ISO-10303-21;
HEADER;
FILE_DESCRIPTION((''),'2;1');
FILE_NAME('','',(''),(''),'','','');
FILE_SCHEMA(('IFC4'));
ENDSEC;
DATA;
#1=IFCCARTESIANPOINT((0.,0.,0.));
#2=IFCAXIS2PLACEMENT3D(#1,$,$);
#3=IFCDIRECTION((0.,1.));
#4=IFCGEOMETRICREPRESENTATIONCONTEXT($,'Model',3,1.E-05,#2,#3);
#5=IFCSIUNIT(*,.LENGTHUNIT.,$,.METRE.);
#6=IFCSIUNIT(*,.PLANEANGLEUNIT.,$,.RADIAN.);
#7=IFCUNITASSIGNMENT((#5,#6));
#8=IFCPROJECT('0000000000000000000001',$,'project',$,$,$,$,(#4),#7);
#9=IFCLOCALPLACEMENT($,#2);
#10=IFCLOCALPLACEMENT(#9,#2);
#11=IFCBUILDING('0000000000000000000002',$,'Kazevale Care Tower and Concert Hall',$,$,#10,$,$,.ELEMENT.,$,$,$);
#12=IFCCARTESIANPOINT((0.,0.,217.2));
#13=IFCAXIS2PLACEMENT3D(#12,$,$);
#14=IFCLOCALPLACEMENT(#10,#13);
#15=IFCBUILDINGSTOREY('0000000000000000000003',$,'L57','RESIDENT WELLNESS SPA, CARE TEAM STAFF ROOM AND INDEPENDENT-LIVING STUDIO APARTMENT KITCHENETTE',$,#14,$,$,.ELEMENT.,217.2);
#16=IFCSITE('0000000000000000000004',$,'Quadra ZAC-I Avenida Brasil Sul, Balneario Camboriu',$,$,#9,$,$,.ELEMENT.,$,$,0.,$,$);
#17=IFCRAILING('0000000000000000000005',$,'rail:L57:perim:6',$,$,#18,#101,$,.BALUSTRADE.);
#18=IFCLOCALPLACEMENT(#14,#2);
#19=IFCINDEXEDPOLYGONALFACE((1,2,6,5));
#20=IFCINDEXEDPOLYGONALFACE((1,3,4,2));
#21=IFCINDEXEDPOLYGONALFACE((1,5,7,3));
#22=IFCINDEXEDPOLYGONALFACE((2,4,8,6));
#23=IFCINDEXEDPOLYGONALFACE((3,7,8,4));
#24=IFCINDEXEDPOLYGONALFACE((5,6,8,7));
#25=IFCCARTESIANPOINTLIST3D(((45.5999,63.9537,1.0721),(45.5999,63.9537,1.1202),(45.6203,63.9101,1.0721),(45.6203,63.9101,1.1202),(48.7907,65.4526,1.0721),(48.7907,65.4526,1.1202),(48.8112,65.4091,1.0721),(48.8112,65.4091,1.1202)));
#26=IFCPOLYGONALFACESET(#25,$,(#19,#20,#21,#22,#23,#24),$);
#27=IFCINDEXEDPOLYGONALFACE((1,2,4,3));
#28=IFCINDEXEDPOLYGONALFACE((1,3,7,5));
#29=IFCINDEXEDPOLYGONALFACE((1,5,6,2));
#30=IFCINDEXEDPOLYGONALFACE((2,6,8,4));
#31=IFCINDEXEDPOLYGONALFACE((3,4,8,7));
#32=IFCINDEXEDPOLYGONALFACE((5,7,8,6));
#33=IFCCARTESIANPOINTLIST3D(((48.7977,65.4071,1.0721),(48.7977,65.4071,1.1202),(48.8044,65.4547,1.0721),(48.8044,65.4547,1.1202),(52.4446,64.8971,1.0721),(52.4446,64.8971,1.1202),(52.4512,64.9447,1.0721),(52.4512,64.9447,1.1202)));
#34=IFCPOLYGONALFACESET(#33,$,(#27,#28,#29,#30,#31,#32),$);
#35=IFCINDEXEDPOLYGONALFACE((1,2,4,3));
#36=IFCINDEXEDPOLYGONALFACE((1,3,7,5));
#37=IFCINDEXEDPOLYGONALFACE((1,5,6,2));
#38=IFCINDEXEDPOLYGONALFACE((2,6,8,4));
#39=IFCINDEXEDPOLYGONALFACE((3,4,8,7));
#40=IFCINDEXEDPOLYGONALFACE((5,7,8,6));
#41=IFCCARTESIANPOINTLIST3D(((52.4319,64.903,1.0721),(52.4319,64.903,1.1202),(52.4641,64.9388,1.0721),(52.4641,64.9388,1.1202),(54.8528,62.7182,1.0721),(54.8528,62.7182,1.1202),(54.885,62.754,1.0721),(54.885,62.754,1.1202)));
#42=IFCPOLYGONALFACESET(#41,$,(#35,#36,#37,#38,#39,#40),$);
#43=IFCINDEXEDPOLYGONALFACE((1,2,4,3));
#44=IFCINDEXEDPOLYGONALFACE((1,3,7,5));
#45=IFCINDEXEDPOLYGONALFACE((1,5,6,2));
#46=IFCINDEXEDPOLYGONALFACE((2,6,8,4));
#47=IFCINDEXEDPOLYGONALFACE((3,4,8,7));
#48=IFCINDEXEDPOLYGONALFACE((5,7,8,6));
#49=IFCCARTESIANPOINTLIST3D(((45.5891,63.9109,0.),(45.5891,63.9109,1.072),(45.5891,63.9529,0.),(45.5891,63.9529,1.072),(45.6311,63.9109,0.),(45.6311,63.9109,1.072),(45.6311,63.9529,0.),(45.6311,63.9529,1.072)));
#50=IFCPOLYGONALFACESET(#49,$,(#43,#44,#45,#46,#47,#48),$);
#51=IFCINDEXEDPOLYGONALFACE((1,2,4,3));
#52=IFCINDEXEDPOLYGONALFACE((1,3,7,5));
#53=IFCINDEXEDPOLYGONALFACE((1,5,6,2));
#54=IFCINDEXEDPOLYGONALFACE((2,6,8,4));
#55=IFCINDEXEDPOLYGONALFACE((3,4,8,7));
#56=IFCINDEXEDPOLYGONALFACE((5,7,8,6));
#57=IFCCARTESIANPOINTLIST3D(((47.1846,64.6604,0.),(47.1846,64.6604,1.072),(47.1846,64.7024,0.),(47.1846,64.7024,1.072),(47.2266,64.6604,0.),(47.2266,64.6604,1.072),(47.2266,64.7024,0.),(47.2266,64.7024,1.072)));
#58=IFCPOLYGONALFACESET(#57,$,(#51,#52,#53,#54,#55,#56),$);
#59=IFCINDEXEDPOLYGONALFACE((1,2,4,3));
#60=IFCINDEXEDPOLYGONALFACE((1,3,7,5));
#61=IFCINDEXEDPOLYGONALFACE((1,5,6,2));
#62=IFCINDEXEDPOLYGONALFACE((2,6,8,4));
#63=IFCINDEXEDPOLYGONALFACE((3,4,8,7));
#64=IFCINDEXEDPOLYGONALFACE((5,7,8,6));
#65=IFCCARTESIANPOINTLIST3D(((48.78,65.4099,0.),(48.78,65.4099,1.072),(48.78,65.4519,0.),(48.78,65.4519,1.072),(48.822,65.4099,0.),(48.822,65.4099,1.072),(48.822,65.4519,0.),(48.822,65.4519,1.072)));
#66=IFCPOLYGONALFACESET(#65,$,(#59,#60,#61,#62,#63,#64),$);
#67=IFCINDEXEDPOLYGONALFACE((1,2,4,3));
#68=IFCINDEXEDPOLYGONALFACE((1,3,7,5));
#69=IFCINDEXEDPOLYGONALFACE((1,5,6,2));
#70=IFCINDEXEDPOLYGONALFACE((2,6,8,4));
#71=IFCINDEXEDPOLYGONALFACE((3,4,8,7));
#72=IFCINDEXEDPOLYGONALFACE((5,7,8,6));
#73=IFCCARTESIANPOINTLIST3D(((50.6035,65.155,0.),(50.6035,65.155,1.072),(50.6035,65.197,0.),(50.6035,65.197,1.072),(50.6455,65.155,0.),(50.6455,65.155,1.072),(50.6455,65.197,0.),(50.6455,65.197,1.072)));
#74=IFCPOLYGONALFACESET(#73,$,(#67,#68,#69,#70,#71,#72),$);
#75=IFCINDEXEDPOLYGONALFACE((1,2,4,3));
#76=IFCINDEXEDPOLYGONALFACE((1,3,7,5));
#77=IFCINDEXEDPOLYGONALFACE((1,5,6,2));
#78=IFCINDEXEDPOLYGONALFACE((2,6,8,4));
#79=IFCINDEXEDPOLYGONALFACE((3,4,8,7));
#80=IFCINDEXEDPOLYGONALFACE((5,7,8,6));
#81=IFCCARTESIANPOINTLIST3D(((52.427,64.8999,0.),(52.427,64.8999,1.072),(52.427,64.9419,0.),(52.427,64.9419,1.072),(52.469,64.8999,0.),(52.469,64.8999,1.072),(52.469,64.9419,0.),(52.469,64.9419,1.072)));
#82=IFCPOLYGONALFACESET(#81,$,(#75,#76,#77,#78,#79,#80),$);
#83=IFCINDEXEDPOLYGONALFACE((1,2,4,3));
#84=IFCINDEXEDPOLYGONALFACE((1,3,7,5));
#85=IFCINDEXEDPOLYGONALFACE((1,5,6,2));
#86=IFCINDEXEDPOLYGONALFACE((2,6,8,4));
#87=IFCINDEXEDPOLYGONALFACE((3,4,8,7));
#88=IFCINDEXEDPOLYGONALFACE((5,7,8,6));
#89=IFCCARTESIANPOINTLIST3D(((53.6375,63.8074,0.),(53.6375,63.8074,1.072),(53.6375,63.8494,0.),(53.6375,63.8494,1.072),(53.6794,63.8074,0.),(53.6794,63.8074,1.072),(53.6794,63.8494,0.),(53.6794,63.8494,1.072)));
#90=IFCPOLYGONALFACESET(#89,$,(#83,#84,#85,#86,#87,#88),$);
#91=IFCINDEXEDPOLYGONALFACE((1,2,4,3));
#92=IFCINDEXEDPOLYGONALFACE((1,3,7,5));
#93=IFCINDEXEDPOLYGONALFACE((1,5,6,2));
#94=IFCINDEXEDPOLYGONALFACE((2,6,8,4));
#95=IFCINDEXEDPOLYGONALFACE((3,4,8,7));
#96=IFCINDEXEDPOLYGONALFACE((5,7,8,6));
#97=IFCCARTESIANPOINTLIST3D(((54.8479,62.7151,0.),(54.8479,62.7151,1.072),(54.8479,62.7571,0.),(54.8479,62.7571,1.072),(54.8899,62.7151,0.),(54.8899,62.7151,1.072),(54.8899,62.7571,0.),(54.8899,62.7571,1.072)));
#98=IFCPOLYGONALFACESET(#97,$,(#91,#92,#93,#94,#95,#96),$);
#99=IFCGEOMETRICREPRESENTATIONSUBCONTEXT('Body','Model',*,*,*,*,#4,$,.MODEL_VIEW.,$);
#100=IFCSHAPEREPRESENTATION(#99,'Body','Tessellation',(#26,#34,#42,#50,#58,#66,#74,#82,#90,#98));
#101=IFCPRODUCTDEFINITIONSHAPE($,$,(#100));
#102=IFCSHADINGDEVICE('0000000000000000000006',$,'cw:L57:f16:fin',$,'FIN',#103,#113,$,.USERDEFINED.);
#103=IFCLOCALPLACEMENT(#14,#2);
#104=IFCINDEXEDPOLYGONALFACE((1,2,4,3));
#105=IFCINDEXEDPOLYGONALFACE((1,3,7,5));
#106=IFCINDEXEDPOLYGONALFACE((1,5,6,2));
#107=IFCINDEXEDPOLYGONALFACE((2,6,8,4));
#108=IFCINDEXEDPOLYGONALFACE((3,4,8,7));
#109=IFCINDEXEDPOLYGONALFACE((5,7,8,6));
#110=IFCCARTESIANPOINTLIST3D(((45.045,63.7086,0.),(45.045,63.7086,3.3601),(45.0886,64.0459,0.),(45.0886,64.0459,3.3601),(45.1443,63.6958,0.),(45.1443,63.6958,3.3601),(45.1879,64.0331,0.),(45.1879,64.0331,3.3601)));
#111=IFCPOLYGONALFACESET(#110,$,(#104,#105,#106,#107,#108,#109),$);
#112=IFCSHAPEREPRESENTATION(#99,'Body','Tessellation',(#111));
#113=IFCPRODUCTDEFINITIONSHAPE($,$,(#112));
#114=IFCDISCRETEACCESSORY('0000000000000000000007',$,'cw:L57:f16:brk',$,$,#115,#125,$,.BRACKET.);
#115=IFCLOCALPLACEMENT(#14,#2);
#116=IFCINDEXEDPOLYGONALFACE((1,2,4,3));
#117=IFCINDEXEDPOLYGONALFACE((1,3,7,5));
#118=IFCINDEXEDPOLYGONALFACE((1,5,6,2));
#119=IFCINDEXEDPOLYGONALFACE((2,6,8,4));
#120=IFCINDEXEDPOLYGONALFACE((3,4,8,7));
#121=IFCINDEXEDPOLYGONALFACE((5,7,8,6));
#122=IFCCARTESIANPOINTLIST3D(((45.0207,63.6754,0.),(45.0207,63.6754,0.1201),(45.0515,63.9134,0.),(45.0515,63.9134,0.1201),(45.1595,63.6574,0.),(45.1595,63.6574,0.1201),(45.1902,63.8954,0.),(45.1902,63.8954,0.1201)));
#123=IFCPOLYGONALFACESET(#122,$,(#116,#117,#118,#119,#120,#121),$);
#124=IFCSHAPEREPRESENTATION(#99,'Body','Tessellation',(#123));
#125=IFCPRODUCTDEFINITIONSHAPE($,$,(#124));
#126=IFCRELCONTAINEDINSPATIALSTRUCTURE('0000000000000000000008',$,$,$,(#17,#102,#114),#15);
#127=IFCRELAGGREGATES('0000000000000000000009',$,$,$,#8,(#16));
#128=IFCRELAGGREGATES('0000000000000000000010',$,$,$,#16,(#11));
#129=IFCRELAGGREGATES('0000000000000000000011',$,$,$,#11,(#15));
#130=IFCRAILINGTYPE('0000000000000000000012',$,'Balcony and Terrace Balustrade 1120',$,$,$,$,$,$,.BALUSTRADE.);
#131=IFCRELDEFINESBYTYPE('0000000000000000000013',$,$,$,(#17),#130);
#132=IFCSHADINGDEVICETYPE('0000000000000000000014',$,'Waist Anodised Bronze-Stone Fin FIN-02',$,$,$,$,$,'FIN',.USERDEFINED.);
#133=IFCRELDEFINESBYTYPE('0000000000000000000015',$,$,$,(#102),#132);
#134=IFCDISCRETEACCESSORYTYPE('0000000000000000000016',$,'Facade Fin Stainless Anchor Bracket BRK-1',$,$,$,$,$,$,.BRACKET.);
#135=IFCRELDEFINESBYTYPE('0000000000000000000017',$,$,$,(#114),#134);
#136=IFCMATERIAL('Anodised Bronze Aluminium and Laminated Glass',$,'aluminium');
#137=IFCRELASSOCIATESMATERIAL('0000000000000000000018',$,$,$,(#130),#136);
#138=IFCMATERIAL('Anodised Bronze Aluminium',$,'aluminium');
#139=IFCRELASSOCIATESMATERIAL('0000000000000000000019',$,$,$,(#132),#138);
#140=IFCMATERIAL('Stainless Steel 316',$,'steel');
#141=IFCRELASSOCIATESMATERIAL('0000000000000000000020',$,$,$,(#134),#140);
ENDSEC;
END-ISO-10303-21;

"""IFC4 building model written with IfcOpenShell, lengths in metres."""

from ifc_helpers import new_model, si_unit, direction, frame, origin, origin_2d, place, context, subcontext, project, spatial, rectangle, extrude, material, type_object, element, save


model = new_model("IFC4")

# Units and contexts
model_context = context("Model", 3, precision=1e-05, world=origin(), true_north=direction((0.0, 1.0)))
body_context = subcontext(model_context, "Body", "Model", "MODEL_VIEW")
ifc_project = project(units=[si_unit("LENGTHUNIT", "METRE"), si_unit("PLANEANGLEUNIT", "RADIAN")], contexts=[model_context])

# Site, building, storey
site_placement = place(None, origin())
site = spatial("IfcSite", under=ifc_project, at=site_placement, Name="Quadra ZAC-I Avenida Brasil Sul, Balneario Camboriu", CompositionType="ELEMENT", RefElevation=0.0)
building_placement = place(site_placement, origin())
building = spatial("IfcBuilding", under=site, at=building_placement, Name="Kazevale Care Tower and Concert Hall", CompositionType="ELEMENT")
storey_placement = place(building_placement, frame((0.0, 0.0, 217.2)))
storey = spatial("IfcBuildingStorey", under=building, at=storey_placement, Name="L57", Description="RESIDENT WELLNESS SPA, CARE TEAM STAFF ROOM AND INDEPENDENT-LIVING STUDIO APARTMENT KITCHENETTE", CompositionType="ELEMENT", Elevation=217.2)

# Railing
ifc_material_1 = material(Name="Anodised Bronze Aluminium and Laminated Glass", Category="aluminium")
railing_type = type_object("IfcRailingType", Name="Balcony and Terrace Balustrade 1120", PredefinedType="BALUSTRADE", material=ifc_material_1)
railing_placement = place(storey_placement, frame((45.6101, 63.9319, 0.0)))
element("IfcRailing", 1, at=railing_placement, inside=storey, type_object=railing_type, Name="rail:L57:perim:6", PredefinedType="BALUSTRADE", context=body_context, shape_type="SweptSolid", body=[
    extrude(rectangle(XDim=0.0481, YDim=0.0481, at=origin_2d()), frame((0.0, 0.0, 1.0962), z_axis=(0.905101, 0.425197, 0.0), x_axis=(-0.425197, 0.905101, 0.0)), (0.0, 0.0, 1.0), 3.5254),
    extrude(rectangle(XDim=0.0481, YDim=0.0481, at=origin_2d()), frame((3.1909, 1.499, 1.0962), z_axis=(0.990363, -0.138497, 0.0), x_axis=(0.138497, 0.990363, 0.0)), (0.0, 0.0, 1.0), 3.6824),
    extrude(rectangle(XDim=0.0481, YDim=0.0481, at=origin_2d()), frame((6.8379, 0.989, 1.0962), z_axis=(0.742378, -0.669982, 0.0), x_axis=(0.669982, 0.742378, 0.0)), (0.0, 0.0, 1.0), 3.261),
    extrude(rectangle(XDim=0.042, YDim=0.042, at=origin_2d()), origin(), (0.0, 0.0, 1.0), 1.072),
    extrude(rectangle(XDim=0.042, YDim=0.042, at=origin_2d()), frame((1.5955, 0.7495, 0.0)), (0.0, 0.0, 1.0), 1.072),
    extrude(rectangle(XDim=0.042, YDim=0.042, at=origin_2d()), frame((3.1909, 1.499, 0.0)), (0.0, 0.0, 1.0), 1.072),
    extrude(rectangle(XDim=0.042, YDim=0.042, at=origin_2d()), frame((5.0144, 1.2441, 0.0)), (0.0, 0.0, 1.0), 1.072),
    extrude(rectangle(XDim=0.042, YDim=0.042, at=origin_2d()), frame((6.8379, 0.989, 0.0)), (0.0, 0.0, 1.0), 1.072),
    extrude(rectangle(XDim=0.042, YDim=0.042, at=origin_2d()), frame((8.0483, -0.1035, 0.0)), (0.0, 0.0, 1.0), 1.072),
    extrude(rectangle(XDim=0.042, YDim=0.042, at=origin_2d()), frame((9.2588, -1.1958, 0.0)), (0.0, 0.0, 1.0), 1.072),
])

# Shading device
ifc_material_2 = material(Name="Anodised Bronze Aluminium", Category="aluminium")
shading_device_type = type_object("IfcShadingDeviceType", Name="Waist Anodised Bronze-Stone Fin FIN-02", ElementType="FIN", PredefinedType="USERDEFINED", material=ifc_material_2)
shading_device_placement = place(storey_placement, frame((45.1165, 63.8708, 0.0), z_axis=(0.0, 0.0, 1.0), x_axis=(0.128103, 0.991761, 0.0)))
element("IfcShadingDevice", 2, at=shading_device_placement, inside=storey, type_object=shading_device_type, Name="cw:L57:f16:fin", ObjectType="FIN", PredefinedType="USERDEFINED", context=body_context, shape_type="SweptSolid", body=[
    extrude(rectangle(XDim=0.3401, YDim=0.1001, at=origin_2d()), origin(), (0.0, 0.0, 1.0), 3.3601),
])

# Discrete accessory
ifc_material_3 = material(Name="Stainless Steel 316", Category="steel")
discrete_accessory_type = type_object("IfcDiscreteAccessoryType", Name="Facade Fin Stainless Anchor Bracket BRK-1", PredefinedType="BRACKET", material=ifc_material_3)
discrete_accessory_placement = place(storey_placement, frame((45.1055, 63.7854, 0.0), z_axis=(0.0, 0.0, 1.0), x_axis=(0.128103, 0.991761, 0.0)))
element("IfcDiscreteAccessory", 3, at=discrete_accessory_placement, inside=storey, type_object=discrete_accessory_type, Name="cw:L57:f16:brk", PredefinedType="BRACKET", context=body_context, shape_type="SweptSolid", body=[
    extrude(rectangle(XDim=0.24, YDim=0.1399, at=origin_2d()), origin(), (0.0, 0.0, 1.0), 0.1201),
])

save(model, "model.ifc")
